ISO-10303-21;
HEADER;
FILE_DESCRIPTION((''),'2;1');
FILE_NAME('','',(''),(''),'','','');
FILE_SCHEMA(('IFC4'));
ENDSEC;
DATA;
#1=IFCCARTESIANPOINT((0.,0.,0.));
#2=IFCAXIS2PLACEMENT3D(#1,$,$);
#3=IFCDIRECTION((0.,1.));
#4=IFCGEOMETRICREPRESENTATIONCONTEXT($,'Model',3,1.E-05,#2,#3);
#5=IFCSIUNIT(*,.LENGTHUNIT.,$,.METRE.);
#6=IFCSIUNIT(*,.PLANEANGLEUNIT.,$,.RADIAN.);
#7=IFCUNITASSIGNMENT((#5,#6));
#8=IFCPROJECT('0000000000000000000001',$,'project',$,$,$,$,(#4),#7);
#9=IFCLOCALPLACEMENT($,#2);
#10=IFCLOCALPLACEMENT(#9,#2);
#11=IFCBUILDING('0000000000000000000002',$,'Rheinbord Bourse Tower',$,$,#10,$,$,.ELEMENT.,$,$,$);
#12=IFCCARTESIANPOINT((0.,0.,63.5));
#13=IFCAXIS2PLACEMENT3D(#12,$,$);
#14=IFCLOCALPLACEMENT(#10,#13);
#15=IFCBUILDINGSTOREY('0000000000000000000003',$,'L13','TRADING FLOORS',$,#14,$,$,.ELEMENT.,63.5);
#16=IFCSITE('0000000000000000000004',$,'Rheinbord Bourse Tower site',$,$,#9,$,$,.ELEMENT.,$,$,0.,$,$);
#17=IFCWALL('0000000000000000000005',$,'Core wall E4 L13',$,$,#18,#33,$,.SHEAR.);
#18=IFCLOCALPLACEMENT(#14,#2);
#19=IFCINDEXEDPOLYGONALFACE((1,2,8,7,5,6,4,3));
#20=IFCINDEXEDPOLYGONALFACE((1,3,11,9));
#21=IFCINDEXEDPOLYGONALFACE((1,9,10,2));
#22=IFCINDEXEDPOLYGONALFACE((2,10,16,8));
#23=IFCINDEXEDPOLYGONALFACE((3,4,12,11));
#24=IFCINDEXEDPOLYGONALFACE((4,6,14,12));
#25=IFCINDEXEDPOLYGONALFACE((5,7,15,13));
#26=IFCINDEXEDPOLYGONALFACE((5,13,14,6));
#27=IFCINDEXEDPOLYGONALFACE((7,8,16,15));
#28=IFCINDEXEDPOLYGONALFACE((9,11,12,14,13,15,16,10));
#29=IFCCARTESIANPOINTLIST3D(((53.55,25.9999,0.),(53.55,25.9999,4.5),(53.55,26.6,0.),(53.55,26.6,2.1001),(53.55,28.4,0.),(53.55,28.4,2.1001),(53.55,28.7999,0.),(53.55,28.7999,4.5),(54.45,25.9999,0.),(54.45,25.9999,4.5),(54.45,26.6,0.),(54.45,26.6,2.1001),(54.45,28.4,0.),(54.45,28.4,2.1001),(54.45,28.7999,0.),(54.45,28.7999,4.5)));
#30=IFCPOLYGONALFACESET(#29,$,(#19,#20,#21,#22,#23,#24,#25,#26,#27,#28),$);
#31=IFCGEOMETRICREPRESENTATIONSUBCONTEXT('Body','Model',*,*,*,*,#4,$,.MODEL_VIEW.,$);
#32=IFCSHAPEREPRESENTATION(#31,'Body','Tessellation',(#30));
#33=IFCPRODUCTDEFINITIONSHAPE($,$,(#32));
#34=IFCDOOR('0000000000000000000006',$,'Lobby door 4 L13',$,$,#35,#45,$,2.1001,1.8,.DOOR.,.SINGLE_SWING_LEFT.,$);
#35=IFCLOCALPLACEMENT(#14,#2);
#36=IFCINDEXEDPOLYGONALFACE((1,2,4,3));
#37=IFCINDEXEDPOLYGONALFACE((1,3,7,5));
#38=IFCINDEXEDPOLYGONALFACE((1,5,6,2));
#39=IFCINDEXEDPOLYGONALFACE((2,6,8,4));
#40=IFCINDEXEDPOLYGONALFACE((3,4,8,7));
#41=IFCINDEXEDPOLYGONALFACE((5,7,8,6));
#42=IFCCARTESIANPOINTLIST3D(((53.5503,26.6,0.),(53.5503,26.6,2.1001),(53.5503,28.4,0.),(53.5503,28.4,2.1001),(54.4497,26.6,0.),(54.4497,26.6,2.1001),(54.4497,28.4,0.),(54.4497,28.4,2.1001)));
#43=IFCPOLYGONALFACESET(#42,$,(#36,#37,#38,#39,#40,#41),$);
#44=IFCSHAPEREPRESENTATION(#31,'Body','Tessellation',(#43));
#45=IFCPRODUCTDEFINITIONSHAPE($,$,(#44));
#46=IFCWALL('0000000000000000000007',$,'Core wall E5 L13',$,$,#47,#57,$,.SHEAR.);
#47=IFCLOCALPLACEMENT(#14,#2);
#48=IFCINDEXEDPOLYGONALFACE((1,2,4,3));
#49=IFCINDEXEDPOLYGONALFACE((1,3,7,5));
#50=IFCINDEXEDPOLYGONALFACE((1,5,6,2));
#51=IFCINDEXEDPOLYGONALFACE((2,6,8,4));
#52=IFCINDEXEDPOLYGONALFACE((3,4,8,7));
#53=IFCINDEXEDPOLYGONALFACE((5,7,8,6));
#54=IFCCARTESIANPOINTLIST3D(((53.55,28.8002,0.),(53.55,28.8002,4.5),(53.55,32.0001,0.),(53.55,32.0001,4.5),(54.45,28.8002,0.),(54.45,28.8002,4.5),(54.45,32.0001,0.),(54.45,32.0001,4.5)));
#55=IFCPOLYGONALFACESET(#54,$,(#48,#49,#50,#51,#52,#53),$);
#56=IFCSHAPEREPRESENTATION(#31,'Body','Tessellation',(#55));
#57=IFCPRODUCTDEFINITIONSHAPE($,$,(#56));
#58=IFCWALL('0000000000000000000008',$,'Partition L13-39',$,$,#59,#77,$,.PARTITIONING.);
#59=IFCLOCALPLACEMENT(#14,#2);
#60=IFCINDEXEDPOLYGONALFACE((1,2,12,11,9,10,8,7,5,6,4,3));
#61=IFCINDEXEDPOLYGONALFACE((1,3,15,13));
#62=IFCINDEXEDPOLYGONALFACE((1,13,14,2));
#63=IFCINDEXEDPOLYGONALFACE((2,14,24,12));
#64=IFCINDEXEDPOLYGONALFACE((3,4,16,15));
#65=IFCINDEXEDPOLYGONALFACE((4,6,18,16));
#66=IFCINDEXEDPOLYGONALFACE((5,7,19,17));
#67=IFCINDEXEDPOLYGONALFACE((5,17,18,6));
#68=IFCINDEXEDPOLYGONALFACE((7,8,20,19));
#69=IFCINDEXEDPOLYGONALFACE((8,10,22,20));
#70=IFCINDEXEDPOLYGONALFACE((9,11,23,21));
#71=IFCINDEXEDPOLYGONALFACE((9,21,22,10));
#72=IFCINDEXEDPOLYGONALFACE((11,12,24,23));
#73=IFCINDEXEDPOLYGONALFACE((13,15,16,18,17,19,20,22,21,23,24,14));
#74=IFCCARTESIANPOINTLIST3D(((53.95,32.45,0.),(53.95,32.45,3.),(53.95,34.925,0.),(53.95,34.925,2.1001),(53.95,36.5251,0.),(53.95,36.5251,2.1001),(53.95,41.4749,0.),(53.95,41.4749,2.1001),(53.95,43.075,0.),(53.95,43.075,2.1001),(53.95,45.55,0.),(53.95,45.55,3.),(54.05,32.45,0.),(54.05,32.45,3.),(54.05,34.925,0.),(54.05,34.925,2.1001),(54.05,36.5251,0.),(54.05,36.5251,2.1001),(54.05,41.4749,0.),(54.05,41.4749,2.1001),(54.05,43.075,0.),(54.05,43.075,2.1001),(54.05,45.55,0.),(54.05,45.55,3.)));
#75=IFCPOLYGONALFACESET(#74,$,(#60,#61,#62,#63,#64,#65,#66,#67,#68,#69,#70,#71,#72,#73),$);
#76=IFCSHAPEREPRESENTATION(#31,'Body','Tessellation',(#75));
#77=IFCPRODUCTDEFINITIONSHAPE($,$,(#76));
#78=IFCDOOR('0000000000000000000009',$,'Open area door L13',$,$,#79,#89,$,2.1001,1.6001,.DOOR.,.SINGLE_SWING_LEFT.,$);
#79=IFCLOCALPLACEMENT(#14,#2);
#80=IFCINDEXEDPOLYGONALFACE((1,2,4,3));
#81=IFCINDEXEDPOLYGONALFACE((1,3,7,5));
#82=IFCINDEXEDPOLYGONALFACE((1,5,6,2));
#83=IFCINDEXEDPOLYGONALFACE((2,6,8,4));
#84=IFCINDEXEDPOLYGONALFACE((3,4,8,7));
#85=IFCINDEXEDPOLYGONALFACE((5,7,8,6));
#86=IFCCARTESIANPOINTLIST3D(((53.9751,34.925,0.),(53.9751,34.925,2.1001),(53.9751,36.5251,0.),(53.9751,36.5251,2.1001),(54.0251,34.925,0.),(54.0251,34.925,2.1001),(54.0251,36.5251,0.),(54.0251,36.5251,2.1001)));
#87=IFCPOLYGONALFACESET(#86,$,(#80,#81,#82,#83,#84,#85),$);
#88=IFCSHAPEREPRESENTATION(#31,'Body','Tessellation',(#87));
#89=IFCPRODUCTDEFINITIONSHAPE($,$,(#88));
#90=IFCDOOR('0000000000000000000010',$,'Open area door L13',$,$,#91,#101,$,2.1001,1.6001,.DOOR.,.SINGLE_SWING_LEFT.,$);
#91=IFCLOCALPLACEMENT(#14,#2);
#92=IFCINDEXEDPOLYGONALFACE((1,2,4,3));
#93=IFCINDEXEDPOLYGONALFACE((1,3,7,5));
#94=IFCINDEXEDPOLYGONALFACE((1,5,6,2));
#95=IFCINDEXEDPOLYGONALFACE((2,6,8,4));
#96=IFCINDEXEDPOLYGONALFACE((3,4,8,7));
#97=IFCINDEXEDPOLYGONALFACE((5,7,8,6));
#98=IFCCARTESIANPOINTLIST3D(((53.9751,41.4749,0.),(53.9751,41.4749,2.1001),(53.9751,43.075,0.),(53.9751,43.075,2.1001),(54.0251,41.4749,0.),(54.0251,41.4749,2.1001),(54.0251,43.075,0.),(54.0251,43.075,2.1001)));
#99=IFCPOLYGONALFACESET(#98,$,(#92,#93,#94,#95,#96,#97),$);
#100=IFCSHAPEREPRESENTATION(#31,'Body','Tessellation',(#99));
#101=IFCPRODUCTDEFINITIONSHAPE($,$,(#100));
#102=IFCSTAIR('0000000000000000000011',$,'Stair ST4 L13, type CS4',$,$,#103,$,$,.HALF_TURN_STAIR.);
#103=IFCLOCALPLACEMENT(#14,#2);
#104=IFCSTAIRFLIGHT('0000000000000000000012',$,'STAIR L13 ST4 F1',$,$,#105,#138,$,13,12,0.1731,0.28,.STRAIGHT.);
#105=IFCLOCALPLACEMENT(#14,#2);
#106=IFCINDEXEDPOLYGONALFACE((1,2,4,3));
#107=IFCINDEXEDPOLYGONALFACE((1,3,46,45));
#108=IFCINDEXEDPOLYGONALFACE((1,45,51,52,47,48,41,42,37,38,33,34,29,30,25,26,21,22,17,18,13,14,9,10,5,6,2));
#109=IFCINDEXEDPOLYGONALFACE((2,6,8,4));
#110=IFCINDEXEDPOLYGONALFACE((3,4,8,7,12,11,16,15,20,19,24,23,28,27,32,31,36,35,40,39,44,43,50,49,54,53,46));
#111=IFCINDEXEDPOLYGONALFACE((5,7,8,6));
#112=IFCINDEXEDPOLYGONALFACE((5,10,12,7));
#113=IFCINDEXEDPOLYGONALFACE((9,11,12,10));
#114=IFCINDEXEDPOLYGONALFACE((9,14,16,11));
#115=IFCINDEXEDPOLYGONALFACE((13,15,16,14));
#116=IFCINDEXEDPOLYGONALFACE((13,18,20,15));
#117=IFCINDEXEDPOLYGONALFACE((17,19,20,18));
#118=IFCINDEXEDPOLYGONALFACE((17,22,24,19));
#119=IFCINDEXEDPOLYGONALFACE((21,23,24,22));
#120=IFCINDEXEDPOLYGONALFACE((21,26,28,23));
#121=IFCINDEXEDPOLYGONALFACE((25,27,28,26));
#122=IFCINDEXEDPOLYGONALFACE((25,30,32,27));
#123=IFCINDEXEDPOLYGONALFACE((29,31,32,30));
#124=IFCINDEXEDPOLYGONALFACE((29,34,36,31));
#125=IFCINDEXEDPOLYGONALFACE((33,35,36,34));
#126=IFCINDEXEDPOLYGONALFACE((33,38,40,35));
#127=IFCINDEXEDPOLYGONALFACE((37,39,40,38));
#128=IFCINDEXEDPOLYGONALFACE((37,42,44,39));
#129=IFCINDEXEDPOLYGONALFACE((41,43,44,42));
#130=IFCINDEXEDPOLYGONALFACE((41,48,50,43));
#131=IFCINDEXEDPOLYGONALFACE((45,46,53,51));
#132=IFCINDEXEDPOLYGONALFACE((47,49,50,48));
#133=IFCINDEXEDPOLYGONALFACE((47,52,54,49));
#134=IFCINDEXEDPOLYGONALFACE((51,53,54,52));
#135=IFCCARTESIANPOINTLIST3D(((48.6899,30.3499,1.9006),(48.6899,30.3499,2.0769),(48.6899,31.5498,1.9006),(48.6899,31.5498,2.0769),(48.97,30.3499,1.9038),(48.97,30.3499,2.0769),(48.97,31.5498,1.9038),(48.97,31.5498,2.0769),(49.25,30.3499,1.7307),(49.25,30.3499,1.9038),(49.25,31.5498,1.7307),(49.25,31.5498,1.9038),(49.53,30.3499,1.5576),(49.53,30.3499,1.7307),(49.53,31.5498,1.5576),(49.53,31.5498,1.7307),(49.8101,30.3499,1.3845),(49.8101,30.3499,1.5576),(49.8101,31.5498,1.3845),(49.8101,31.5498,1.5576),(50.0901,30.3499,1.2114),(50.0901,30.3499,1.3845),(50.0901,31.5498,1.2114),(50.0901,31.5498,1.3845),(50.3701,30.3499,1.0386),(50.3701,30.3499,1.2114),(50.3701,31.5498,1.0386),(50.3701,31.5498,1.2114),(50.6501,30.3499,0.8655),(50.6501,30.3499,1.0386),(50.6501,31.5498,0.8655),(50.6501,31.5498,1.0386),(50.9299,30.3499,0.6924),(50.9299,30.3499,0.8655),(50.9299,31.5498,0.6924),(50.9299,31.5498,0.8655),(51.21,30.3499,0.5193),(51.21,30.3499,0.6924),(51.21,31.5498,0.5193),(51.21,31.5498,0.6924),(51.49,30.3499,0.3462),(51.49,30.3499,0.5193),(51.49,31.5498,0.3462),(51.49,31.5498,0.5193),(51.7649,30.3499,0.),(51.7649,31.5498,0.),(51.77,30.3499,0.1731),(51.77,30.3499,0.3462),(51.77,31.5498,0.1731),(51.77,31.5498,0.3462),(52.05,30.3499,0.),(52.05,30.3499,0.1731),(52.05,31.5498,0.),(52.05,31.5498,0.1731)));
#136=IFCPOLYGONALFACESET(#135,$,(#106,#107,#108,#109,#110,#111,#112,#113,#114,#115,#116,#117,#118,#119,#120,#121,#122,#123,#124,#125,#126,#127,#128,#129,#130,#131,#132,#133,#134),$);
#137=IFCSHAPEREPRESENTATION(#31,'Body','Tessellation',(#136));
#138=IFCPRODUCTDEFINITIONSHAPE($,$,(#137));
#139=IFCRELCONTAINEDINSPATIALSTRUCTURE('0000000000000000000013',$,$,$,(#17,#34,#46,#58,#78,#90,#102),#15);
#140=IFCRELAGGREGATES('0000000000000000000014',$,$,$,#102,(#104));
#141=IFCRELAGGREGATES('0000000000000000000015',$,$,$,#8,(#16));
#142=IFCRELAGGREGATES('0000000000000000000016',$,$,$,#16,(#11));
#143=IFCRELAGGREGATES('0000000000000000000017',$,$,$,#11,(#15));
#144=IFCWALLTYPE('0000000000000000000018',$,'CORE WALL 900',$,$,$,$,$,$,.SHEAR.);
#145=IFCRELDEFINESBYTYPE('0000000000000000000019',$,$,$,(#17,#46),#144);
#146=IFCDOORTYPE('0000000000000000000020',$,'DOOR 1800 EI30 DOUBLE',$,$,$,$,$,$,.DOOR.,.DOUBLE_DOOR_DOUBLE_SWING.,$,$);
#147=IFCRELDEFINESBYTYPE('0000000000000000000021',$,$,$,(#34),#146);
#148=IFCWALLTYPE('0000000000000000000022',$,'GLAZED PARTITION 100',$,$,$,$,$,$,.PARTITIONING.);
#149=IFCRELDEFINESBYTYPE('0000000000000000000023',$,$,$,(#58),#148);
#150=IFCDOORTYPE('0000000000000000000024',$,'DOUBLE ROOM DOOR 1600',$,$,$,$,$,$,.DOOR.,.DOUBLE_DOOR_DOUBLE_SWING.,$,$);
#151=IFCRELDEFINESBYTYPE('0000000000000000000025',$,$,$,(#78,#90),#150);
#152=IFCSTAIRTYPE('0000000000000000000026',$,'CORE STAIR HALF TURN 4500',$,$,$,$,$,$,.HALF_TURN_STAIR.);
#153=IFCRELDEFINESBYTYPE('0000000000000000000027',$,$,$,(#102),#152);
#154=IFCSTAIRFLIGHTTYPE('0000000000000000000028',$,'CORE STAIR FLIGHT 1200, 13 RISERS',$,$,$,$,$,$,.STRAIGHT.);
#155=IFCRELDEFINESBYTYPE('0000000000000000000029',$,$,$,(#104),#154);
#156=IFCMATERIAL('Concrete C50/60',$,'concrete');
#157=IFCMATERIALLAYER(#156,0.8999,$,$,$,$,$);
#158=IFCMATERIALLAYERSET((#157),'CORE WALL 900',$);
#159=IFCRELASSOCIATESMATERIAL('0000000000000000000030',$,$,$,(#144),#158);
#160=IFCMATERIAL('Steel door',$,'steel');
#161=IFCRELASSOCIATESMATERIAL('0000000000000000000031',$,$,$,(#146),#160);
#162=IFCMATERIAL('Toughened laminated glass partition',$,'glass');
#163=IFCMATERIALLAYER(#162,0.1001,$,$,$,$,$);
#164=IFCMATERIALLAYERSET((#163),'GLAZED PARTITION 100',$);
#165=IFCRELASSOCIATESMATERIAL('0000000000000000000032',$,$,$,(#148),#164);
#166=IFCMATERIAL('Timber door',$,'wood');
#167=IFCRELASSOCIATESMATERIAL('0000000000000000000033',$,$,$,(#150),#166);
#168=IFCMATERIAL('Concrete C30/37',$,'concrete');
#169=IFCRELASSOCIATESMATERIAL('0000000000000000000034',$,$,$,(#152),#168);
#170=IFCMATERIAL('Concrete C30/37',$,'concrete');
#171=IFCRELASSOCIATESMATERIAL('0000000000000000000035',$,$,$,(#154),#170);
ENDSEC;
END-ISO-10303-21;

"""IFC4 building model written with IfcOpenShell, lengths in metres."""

from ifc_helpers import new_model, si_unit, direction, frame, frame_2d, origin, place, context, subcontext, project, spatial, polyline, rectangle, outline, extrude, material, layer, layer_set, type_object, element, fill, aggregate, save


model = new_model("IFC4")

# Units and contexts
model_context = context("Model", 3, precision=1e-05, world=origin(), true_north=direction((0.0, 1.0)))
body_context = subcontext(model_context, "Body", "Model", "MODEL_VIEW")
ifc_project = project(units=[si_unit("LENGTHUNIT", "METRE"), si_unit("PLANEANGLEUNIT", "RADIAN")], contexts=[model_context])

# Site, building, storey
site_placement = place(None, origin())
site = spatial("IfcSite", under=ifc_project, at=site_placement, Name="Rheinbord Bourse Tower site", CompositionType="ELEMENT", RefElevation=0.0)
building_placement = place(site_placement, origin())
building = spatial("IfcBuilding", under=site, at=building_placement, Name="Rheinbord Bourse Tower", CompositionType="ELEMENT")
storey_placement = place(building_placement, frame((0.0, 0.0, 63.5)))
storey = spatial("IfcBuildingStorey", under=building, at=storey_placement, Name="L13", Description="TRADING FLOORS", CompositionType="ELEMENT", Elevation=63.5)

# Shared definitions
ifc_material_1 = material(Name="Concrete C50/60", Category="concrete")
ifc_layer_1 = layer(ifc_material_1, 0.8999)
ifc_layer_set_1 = layer_set([ifc_layer_1], Name="CORE WALL 900")
wall_type_1 = type_object("IfcWallType", Name="CORE WALL 900", PredefinedType="SHEAR", material=ifc_layer_set_1)

# Wall, opening, door
wall_1_placement = place(storey_placement, frame((54.0, 26.0, 0.0), z_axis=(0.0, 0.0, 1.0), x_axis=(0.0, 1.0, 0.0)))
wall_1 = element("IfcWall", 1, at=wall_1_placement, inside=storey, type_object=wall_type_1, Name="Core wall E4 L13", PredefinedType="SHEAR", context=body_context, shape_type="SweptSolid", body=[
    extrude(rectangle(XDim=2.8, YDim=0.8999, at=frame_2d((1.3999, 0.0))), origin(), (0.0, 0.0, 1.0), 4.5),
])
opening_1_placement = place(wall_1_placement, frame((0.6001, 0.0, 0.0)))
opening_1 = element("IfcOpeningElement", 2, at=opening_1_placement, cuts=wall_1, PredefinedType="OPENING", context=body_context, shape_type="SweptSolid", body=[
    extrude(rectangle(XDim=1.8, YDim=2.1001, at=frame_2d((0.8999, 1.05))), frame((0.0, 0.46, 0.0), z_axis=(0.0, -1.0, 0.0), x_axis=(1.0, 0.0, 0.0)), (0.0, 0.0, 1.0), 0.9199),
])
ifc_material_2 = material(Name="Steel door", Category="steel")
door_type_1 = type_object("IfcDoorType", Name="DOOR 1800 EI30 DOUBLE", OperationType="DOUBLE_DOOR_DOUBLE_SWING", PredefinedType="DOOR", material=ifc_material_2)
door_1_placement = place(opening_1_placement, origin())
door_1 = element("IfcDoor", 3, at=door_1_placement, inside=storey, type_object=door_type_1, Name="Lobby door 4 L13", OperationType="SINGLE_SWING_LEFT", OverallHeight=2.1001, OverallWidth=1.8, PredefinedType="DOOR", context=body_context, shape_type="SweptSolid", body=[
    extrude(rectangle(XDim=1.8, YDim=2.1001, at=frame_2d((0.8999, 1.05))), frame((0.0, 0.4497, 0.0), z_axis=(0.0, -1.0, 0.0), x_axis=(1.0, 0.0, 0.0)), (0.0, 0.0, 1.0), 0.8994),
])
fill(opening_1, door_1)

# Wall
wall_2_placement = place(storey_placement, frame((54.0, 28.8, 0.0), z_axis=(0.0, 0.0, 1.0), x_axis=(0.0, 1.0, 0.0)))
element("IfcWall", 4, at=wall_2_placement, inside=storey, type_object=wall_type_1, Name="Core wall E5 L13", PredefinedType="SHEAR", context=body_context, shape_type="SweptSolid", body=[
    extrude(rectangle(XDim=3.2, YDim=0.8999, at=frame_2d((1.6001, 0.0))), origin(), (0.0, 0.0, 1.0), 4.5),
])

# Wall, openings, doors
ifc_material_3 = material(Name="Toughened laminated glass partition", Category="glass")
ifc_layer_2 = layer(ifc_material_3, 0.1001)
ifc_layer_set_2 = layer_set([ifc_layer_2], Name="GLAZED PARTITION 100")
wall_type_2 = type_object("IfcWallType", Name="GLAZED PARTITION 100", PredefinedType="PARTITIONING", material=ifc_layer_set_2)
wall_3_placement = place(storey_placement, frame((54.0, 32.45, 0.0), z_axis=(0.0, 0.0, 1.0), x_axis=(0.0, 1.0, 0.0)))
wall_3 = element("IfcWall", 5, at=wall_3_placement, inside=storey, type_object=wall_type_2, Name="Partition L13-39", PredefinedType="PARTITIONING", context=body_context, shape_type="SweptSolid", body=[
    extrude(rectangle(XDim=13.1001, YDim=0.1001, at=frame_2d((6.55, 0.0))), origin(), (0.0, 0.0, 1.0), 3.0),
])
opening_2_placement = place(wall_3_placement, frame((2.4751, 0.0, 0.0)))
opening_2 = element("IfcOpeningElement", 6, at=opening_2_placement, cuts=wall_3, PredefinedType="OPENING", context=body_context, shape_type="SweptSolid", body=[
    extrude(rectangle(XDim=1.6001, YDim=2.1001, at=frame_2d((0.8, 1.05))), frame((0.0, 0.0601, 0.0), z_axis=(0.0, -1.0, 0.0), x_axis=(1.0, 0.0, 0.0)), (0.0, 0.0, 1.0), 0.1201),
])
opening_3_placement = place(wall_3_placement, frame((9.0249, 0.0, 0.0)))
opening_3 = element("IfcOpeningElement", 7, at=opening_3_placement, cuts=wall_3, PredefinedType="OPENING", context=body_context, shape_type="SweptSolid", body=[
    extrude(rectangle(XDim=1.6001, YDim=2.1001, at=frame_2d((0.8, 1.05))), frame((0.0, 0.0601, 0.0), z_axis=(0.0, -1.0, 0.0), x_axis=(1.0, 0.0, 0.0)), (0.0, 0.0, 1.0), 0.1201),
])
ifc_material_4 = material(Name="Timber door", Category="wood")
door_type_2 = type_object("IfcDoorType", Name="DOUBLE ROOM DOOR 1600", OperationType="DOUBLE_DOOR_DOUBLE_SWING", PredefinedType="DOOR", material=ifc_material_4)
door_2_placement = place(opening_2_placement, origin())
door_2 = element("IfcDoor", 8, at=door_2_placement, inside=storey, type_object=door_type_2, Name="Open area door L13", OperationType="SINGLE_SWING_LEFT", OverallHeight=2.1001, OverallWidth=1.6001, PredefinedType="DOOR", context=body_context, shape_type="SweptSolid", body=[
    extrude(rectangle(XDim=1.6001, YDim=2.1001, at=frame_2d((0.8, 1.05))), frame((0.0, 0.0249, 0.0), z_axis=(0.0, -1.0, 0.0), x_axis=(1.0, 0.0, 0.0)), (0.0, 0.0, 1.0), 0.05),
])
fill(opening_2, door_2)
door_3_placement = place(opening_3_placement, origin())
door_3 = element("IfcDoor", 9, at=door_3_placement, inside=storey, type_object=door_type_2, Name="Open area door L13", OperationType="SINGLE_SWING_LEFT", OverallHeight=2.1001, OverallWidth=1.6001, PredefinedType="DOOR", context=body_context, shape_type="SweptSolid", body=[
    extrude(rectangle(XDim=1.6001, YDim=2.1001, at=frame_2d((0.8, 1.05))), frame((0.0, 0.0249, 0.0), z_axis=(0.0, -1.0, 0.0), x_axis=(1.0, 0.0, 0.0)), (0.0, 0.0, 1.0), 0.05),
])
fill(opening_3, door_3)

# Stair, stair flight
ifc_material_5 = material(Name="Concrete C30/37", Category="concrete")
stair_type = type_object("IfcStairType", Name="CORE STAIR HALF TURN 4500", PredefinedType="HALF_TURN_STAIR", material=ifc_material_5)
stair_placement = place(storey_placement, origin())
stair = element("IfcStair", 10, at=stair_placement, inside=storey, type_object=stair_type, Name="Stair ST4 L13, type CS4", PredefinedType="HALF_TURN_STAIR")
ifc_material_6 = material(Name="Concrete C30/37", Category="concrete")
stair_flight_type = type_object("IfcStairFlightType", Name="CORE STAIR FLIGHT 1200, 13 RISERS", PredefinedType="STRAIGHT", material=ifc_material_6)
stair_flight_1_placement = place(storey_placement, frame((52.05, 30.95, 0.0), z_axis=(0.0, 0.0, 1.0), x_axis=(-1.0, 0.0, 0.0)))
stair_flight_1 = element("IfcStairFlight", 11, at=stair_flight_1_placement, type_object=stair_flight_type, Name="STAIR L13 ST4 F1", NumberOfRisers=13, NumberOfTreads=12, PredefinedType="STRAIGHT", RiserHeight=0.1731, TreadLength=0.28, context=body_context, shape_type="SweptSolid", body=[
    extrude(outline(polyline([(0.0, 0.0), (0.0, 0.1731), (0.28, 0.1731), (0.28, 0.3462), (0.5601, 0.3462), (0.5601, 0.5193), (0.8401, 0.5193), (0.8401, 0.6924), (1.1201, 0.6924), (1.1201, 0.8655), (1.3999, 0.8655), (1.3999, 1.0386), (1.6799, 1.0386), (1.6799, 1.2114), (1.96, 1.2114), (1.96, 1.3845), (2.24, 1.3845), (2.24, 1.5576), (2.52, 1.5576), (2.52, 1.7307), (2.8, 1.7307), (2.8, 1.9038), (3.0801, 1.9038), (3.0801, 2.0769), (3.3601, 2.0769), (3.3601, 2.25), (3.3601, 1.9006), (0.2852, 0.0), (0.0, 0.0)])), frame((0.0, 0.6001, 0.0), z_axis=(0.0, -1.0, 0.0), x_axis=(1.0, 0.0, 0.0)), (0.0, 0.0, 1.0), 1.2),
])
aggregate(stair, [stair_flight_1])

save(model, "model.ifc")
